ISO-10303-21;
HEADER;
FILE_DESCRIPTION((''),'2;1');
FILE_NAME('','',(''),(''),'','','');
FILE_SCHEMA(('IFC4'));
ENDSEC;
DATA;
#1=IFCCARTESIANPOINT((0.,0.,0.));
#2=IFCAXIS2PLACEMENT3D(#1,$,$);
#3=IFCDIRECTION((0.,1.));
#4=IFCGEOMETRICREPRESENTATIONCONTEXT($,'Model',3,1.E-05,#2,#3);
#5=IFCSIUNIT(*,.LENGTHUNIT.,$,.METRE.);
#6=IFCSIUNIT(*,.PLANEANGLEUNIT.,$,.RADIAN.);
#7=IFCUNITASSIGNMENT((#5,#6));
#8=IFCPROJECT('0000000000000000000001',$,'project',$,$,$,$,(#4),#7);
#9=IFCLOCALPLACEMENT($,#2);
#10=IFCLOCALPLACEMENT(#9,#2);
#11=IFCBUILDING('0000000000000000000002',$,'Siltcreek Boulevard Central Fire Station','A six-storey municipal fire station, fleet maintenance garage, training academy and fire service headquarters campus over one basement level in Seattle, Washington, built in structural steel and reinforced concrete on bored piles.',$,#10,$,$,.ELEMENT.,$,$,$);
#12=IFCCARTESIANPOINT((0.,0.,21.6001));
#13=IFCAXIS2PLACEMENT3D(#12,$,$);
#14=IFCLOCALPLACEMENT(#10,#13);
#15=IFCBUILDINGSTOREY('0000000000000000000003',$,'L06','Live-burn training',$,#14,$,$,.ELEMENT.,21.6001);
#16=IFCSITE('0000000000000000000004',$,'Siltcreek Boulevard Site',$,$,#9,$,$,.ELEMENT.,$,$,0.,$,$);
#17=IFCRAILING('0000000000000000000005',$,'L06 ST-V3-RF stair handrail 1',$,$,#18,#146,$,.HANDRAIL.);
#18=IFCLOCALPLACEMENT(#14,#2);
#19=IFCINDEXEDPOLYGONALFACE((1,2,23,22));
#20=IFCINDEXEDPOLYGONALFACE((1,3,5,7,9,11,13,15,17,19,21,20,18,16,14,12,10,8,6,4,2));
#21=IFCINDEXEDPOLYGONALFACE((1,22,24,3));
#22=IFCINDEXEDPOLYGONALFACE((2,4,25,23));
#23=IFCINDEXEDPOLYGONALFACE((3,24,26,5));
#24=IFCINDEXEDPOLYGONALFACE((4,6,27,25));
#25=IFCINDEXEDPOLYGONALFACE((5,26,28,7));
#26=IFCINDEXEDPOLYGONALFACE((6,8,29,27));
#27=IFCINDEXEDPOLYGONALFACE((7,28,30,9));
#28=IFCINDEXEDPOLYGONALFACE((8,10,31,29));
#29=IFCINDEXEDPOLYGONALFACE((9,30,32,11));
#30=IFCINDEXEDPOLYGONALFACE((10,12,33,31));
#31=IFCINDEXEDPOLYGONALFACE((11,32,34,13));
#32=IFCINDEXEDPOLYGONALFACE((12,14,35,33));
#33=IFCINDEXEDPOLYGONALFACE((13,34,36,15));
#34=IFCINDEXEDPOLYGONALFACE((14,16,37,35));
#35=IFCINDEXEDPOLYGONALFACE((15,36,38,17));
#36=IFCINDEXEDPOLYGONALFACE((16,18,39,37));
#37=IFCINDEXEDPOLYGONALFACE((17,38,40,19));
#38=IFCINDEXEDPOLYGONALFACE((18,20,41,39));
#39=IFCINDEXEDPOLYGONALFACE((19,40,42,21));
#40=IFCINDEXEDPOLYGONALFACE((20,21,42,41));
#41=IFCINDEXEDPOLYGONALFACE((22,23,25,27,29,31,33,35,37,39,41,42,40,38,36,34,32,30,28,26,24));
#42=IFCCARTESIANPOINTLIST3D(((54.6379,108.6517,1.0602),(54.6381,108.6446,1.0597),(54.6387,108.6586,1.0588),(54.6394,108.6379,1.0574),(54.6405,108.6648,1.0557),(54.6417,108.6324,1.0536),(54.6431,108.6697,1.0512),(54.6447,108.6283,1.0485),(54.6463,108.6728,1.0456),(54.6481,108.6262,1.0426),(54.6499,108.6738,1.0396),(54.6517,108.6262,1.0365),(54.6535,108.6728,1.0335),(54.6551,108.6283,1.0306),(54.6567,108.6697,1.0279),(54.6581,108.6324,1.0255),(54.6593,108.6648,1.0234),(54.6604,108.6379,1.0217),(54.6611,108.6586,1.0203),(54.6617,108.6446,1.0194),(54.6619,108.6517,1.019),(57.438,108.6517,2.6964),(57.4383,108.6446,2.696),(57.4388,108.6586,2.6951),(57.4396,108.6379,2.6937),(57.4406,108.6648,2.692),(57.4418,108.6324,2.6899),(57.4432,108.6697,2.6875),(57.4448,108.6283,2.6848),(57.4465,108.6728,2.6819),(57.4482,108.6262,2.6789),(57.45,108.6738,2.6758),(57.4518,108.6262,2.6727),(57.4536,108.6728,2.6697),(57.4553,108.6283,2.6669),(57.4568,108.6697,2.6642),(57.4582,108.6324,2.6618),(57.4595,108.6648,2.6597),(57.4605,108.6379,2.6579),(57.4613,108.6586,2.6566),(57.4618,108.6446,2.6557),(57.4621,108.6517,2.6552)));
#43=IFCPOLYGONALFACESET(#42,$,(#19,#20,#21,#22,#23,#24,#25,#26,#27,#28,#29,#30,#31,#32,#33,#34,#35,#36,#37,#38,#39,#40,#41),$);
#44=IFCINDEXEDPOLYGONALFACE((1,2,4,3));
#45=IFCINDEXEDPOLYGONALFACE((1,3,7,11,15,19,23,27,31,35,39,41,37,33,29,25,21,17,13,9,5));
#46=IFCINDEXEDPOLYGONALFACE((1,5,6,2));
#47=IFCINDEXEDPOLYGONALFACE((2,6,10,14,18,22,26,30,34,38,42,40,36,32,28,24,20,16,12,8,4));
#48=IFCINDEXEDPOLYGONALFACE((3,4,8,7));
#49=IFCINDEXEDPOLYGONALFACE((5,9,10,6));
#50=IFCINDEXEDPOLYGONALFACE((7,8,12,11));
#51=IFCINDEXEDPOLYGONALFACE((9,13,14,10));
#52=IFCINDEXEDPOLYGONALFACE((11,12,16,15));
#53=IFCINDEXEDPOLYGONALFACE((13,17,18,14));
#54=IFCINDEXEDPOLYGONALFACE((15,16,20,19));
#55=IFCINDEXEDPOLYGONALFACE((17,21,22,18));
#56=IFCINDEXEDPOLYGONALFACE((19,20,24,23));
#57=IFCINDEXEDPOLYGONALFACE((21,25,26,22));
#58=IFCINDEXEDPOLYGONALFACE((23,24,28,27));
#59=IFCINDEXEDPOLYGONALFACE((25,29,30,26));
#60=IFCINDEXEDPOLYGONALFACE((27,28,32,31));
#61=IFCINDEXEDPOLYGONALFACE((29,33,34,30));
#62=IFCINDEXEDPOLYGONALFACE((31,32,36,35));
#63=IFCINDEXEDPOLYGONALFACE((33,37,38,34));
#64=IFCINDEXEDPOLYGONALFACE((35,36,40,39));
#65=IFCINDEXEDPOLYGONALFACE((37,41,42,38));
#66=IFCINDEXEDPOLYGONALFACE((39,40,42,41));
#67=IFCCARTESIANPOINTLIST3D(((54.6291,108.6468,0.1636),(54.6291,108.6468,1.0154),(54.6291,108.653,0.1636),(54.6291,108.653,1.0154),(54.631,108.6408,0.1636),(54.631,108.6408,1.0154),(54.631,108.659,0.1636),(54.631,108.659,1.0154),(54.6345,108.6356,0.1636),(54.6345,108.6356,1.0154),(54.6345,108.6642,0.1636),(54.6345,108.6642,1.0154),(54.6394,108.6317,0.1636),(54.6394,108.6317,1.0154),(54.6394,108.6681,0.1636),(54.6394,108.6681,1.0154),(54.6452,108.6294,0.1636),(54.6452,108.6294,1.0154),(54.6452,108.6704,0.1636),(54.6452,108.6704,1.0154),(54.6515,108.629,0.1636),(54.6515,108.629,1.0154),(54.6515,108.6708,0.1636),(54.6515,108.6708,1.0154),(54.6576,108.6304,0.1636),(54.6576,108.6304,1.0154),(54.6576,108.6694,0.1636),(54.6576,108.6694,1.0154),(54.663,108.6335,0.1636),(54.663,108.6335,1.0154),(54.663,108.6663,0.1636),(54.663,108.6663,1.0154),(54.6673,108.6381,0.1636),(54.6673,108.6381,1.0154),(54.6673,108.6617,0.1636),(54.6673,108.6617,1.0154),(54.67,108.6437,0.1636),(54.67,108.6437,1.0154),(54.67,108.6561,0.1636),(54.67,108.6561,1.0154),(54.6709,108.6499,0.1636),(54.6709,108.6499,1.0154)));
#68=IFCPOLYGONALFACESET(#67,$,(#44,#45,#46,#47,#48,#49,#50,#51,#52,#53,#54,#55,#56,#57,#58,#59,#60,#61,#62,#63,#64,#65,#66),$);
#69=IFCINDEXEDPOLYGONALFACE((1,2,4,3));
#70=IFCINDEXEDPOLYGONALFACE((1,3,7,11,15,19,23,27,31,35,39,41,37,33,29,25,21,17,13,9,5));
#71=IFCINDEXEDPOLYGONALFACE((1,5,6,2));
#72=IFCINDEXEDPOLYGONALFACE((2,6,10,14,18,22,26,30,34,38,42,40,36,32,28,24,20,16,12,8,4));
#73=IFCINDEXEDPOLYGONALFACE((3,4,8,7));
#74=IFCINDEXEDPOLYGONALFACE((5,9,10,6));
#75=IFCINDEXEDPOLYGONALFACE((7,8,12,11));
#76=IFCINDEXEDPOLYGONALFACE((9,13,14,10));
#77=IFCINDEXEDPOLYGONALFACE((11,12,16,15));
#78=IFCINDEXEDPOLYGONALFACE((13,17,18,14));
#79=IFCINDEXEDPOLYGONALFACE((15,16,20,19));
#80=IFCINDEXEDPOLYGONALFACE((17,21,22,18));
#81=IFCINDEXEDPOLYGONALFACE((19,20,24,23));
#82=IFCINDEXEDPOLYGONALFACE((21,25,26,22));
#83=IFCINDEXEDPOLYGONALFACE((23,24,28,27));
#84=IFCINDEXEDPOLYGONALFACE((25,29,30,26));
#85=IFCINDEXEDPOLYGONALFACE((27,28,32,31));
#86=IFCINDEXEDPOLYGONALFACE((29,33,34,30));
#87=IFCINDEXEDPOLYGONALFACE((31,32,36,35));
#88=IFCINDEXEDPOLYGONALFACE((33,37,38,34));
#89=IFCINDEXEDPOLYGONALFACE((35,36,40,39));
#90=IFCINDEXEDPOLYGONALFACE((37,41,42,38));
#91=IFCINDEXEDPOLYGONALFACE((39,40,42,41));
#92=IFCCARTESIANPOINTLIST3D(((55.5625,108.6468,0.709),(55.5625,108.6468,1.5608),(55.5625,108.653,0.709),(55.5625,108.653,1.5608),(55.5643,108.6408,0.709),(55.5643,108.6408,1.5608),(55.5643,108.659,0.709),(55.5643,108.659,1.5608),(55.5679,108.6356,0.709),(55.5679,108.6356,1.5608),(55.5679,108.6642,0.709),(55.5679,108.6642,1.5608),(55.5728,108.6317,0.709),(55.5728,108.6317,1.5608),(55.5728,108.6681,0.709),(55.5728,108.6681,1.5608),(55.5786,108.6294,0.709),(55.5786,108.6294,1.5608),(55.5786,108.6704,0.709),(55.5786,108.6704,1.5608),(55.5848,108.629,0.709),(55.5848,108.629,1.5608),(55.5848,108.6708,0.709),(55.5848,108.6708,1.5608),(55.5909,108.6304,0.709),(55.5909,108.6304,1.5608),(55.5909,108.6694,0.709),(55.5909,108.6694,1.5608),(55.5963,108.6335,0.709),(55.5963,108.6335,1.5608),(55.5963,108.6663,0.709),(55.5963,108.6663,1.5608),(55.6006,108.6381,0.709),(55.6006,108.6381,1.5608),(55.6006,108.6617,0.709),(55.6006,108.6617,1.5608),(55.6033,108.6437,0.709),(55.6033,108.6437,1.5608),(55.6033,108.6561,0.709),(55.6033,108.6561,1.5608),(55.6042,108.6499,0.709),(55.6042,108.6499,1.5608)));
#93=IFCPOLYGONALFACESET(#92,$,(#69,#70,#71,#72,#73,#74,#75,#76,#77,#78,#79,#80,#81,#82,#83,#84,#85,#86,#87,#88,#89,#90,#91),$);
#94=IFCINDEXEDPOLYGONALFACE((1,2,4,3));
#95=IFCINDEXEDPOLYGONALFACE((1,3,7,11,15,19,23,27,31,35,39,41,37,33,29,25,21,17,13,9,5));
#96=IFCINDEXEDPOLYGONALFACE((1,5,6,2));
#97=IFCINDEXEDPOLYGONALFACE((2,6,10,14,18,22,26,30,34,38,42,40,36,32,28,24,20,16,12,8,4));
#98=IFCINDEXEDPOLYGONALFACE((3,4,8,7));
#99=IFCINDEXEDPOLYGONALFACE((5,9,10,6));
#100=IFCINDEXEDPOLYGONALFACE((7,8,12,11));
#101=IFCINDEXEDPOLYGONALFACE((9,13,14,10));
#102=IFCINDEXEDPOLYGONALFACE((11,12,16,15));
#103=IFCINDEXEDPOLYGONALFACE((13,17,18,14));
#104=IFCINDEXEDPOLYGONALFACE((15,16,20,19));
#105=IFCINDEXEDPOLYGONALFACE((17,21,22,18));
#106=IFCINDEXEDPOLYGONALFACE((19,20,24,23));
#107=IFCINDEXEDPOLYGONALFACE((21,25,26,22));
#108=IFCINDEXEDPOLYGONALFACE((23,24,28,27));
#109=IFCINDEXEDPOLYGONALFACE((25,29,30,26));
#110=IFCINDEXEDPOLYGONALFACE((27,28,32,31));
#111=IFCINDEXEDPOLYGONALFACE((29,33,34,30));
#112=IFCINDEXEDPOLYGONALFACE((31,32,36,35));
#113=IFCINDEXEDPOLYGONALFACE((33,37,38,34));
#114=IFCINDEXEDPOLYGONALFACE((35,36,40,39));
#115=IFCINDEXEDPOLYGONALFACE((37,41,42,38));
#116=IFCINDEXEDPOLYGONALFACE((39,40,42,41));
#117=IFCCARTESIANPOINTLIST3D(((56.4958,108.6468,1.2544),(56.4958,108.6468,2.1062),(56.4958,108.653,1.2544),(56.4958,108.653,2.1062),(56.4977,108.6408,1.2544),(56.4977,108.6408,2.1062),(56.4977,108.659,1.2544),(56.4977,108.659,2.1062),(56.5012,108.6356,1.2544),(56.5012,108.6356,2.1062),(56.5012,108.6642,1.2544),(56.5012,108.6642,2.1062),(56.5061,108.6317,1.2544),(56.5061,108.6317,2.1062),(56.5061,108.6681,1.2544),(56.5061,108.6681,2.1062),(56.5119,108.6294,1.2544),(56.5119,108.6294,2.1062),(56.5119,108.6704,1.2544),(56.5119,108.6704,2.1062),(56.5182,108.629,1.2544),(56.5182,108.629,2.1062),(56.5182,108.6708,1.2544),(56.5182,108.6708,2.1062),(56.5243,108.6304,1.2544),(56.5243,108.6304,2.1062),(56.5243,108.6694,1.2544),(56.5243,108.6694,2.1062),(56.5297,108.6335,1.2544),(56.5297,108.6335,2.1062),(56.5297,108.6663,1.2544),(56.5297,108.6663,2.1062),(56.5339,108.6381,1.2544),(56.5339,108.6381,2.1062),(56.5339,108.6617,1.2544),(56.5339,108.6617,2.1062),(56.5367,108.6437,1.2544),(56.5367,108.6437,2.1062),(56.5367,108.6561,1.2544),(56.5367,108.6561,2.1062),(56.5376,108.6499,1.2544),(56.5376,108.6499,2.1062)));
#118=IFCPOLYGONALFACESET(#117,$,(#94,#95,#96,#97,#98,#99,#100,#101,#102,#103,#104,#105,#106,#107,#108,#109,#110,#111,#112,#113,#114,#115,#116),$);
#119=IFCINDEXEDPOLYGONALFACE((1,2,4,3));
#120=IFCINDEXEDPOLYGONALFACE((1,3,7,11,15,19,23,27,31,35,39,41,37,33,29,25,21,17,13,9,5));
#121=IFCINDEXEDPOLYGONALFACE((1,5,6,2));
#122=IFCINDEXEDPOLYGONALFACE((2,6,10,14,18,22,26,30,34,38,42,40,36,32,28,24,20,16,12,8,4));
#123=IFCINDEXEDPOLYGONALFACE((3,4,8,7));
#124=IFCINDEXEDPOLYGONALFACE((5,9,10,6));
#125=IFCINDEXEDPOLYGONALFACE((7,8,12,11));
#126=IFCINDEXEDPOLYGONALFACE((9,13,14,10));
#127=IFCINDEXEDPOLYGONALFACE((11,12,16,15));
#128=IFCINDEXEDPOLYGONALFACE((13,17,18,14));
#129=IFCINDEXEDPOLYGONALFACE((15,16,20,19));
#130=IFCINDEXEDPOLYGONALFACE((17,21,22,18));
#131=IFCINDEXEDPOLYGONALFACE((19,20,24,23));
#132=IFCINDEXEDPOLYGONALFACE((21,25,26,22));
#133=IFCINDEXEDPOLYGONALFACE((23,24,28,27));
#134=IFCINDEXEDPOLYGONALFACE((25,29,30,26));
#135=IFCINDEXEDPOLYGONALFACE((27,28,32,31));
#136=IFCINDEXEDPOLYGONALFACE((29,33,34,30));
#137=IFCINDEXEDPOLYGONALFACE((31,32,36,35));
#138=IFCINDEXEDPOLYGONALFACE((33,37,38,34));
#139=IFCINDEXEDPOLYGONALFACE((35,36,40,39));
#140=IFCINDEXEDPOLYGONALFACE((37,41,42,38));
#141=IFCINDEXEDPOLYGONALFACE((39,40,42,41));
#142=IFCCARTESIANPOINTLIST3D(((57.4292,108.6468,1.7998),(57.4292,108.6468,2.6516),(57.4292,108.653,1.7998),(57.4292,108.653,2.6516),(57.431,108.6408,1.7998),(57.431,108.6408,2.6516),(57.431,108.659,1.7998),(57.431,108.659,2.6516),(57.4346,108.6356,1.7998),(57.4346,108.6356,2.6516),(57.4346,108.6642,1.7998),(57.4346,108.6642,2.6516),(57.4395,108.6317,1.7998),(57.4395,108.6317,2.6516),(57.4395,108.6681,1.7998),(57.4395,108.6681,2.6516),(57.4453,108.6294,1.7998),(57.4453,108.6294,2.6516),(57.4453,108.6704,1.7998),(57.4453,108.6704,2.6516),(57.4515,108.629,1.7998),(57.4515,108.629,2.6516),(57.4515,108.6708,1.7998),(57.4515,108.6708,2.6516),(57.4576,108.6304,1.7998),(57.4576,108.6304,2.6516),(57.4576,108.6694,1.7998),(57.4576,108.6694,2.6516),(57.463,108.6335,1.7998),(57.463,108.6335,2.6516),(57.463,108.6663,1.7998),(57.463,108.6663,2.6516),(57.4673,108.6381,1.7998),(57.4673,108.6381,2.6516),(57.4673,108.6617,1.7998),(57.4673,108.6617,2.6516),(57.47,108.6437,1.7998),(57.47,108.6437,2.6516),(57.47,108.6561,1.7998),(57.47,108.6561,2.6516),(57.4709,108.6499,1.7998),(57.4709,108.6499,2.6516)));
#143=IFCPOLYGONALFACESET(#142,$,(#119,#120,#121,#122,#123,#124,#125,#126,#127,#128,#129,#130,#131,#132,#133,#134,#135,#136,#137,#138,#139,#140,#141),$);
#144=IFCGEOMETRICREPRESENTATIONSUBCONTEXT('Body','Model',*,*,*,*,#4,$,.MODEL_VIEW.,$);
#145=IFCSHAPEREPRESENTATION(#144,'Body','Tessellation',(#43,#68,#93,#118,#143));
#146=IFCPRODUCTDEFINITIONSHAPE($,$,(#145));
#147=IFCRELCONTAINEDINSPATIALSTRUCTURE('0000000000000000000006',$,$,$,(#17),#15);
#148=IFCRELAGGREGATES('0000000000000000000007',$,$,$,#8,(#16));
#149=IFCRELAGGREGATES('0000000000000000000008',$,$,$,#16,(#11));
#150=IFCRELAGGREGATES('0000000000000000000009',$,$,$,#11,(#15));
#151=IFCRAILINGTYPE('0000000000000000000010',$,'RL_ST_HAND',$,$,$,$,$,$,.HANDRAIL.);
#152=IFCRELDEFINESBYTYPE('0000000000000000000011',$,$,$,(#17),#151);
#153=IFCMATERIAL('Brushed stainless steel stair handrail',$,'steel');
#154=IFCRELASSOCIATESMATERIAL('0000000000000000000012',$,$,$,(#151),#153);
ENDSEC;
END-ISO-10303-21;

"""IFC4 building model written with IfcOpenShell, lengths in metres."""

from ifc_helpers import new_model, si_unit, direction, frame, origin, origin_2d, place, context, subcontext, project, spatial, circle, extrude, material, type_object, element, save


model = new_model("IFC4")

# Units and contexts
model_context = context("Model", 3, precision=1e-05, world=origin(), true_north=direction((0.0, 1.0)))
body_context = subcontext(model_context, "Body", "Model", "MODEL_VIEW")
ifc_project = project(units=[si_unit("LENGTHUNIT", "METRE"), si_unit("PLANEANGLEUNIT", "RADIAN")], contexts=[model_context])

# Site, building, storey
site_placement = place(None, origin())
site = spatial("IfcSite", under=ifc_project, at=site_placement, Name="Siltcreek Boulevard Site", CompositionType="ELEMENT", RefElevation=0.0)
building_placement = place(site_placement, origin())
building = spatial("IfcBuilding", under=site, at=building_placement, Name="Siltcreek Boulevard Central Fire Station", Description="A six-storey municipal fire station, fleet maintenance garage, training academy and fire service headquarters campus over one basement level in Seattle, Washington, built in structural steel and reinforced concrete on bored piles.", CompositionType="ELEMENT")
storey_placement = place(building_placement, frame((0.0, 0.0, 21.6001)))
storey = spatial("IfcBuildingStorey", under=building, at=storey_placement, Name="L06", Description="Live-burn training", CompositionType="ELEMENT", Elevation=21.6001)

# Railing
ifc_material_1 = material(Name="Brushed stainless steel stair handrail", Category="steel")
railing_type_1 = type_object("IfcRailingType", Name="RL_ST_HAND", PredefinedType="HANDRAIL", material=ifc_material_1)
railing_1_placement = place(storey_placement, frame((54.6499, 108.6499, 0.1636)))
element("IfcRailing", 1, at=railing_1_placement, inside=storey, type_object=railing_type_1, Name="L06 ST-V3-RF stair handrail 1", PredefinedType="HANDRAIL", context=body_context, shape_type="SweptSolid", body=[
    extrude(circle(Radius=0.0239, at=origin_2d()), frame((0.0, 0.0, 0.876), z_axis=(0.863394, 0.0, 0.504531), x_axis=(0.0, 1.0, 0.0)), (0.0, 0.0, 1.0), 3.2432),
    extrude(circle(Radius=0.021, at=origin_2d()), origin(), (0.0, 0.0, 1.0), 0.8518),
    extrude(circle(Radius=0.021, at=origin_2d()), frame((0.9333, 0.0, 0.5454)), (0.0, 0.0, 1.0), 0.8518),
    extrude(circle(Radius=0.021, at=origin_2d()), frame((1.8667, 0.0, 1.0908)), (0.0, 0.0, 1.0), 0.8518),
    extrude(circle(Radius=0.021, at=origin_2d()), frame((2.8, 0.0, 1.6362)), (0.0, 0.0, 1.0), 0.8518),
])

save(model, "model.ifc")
